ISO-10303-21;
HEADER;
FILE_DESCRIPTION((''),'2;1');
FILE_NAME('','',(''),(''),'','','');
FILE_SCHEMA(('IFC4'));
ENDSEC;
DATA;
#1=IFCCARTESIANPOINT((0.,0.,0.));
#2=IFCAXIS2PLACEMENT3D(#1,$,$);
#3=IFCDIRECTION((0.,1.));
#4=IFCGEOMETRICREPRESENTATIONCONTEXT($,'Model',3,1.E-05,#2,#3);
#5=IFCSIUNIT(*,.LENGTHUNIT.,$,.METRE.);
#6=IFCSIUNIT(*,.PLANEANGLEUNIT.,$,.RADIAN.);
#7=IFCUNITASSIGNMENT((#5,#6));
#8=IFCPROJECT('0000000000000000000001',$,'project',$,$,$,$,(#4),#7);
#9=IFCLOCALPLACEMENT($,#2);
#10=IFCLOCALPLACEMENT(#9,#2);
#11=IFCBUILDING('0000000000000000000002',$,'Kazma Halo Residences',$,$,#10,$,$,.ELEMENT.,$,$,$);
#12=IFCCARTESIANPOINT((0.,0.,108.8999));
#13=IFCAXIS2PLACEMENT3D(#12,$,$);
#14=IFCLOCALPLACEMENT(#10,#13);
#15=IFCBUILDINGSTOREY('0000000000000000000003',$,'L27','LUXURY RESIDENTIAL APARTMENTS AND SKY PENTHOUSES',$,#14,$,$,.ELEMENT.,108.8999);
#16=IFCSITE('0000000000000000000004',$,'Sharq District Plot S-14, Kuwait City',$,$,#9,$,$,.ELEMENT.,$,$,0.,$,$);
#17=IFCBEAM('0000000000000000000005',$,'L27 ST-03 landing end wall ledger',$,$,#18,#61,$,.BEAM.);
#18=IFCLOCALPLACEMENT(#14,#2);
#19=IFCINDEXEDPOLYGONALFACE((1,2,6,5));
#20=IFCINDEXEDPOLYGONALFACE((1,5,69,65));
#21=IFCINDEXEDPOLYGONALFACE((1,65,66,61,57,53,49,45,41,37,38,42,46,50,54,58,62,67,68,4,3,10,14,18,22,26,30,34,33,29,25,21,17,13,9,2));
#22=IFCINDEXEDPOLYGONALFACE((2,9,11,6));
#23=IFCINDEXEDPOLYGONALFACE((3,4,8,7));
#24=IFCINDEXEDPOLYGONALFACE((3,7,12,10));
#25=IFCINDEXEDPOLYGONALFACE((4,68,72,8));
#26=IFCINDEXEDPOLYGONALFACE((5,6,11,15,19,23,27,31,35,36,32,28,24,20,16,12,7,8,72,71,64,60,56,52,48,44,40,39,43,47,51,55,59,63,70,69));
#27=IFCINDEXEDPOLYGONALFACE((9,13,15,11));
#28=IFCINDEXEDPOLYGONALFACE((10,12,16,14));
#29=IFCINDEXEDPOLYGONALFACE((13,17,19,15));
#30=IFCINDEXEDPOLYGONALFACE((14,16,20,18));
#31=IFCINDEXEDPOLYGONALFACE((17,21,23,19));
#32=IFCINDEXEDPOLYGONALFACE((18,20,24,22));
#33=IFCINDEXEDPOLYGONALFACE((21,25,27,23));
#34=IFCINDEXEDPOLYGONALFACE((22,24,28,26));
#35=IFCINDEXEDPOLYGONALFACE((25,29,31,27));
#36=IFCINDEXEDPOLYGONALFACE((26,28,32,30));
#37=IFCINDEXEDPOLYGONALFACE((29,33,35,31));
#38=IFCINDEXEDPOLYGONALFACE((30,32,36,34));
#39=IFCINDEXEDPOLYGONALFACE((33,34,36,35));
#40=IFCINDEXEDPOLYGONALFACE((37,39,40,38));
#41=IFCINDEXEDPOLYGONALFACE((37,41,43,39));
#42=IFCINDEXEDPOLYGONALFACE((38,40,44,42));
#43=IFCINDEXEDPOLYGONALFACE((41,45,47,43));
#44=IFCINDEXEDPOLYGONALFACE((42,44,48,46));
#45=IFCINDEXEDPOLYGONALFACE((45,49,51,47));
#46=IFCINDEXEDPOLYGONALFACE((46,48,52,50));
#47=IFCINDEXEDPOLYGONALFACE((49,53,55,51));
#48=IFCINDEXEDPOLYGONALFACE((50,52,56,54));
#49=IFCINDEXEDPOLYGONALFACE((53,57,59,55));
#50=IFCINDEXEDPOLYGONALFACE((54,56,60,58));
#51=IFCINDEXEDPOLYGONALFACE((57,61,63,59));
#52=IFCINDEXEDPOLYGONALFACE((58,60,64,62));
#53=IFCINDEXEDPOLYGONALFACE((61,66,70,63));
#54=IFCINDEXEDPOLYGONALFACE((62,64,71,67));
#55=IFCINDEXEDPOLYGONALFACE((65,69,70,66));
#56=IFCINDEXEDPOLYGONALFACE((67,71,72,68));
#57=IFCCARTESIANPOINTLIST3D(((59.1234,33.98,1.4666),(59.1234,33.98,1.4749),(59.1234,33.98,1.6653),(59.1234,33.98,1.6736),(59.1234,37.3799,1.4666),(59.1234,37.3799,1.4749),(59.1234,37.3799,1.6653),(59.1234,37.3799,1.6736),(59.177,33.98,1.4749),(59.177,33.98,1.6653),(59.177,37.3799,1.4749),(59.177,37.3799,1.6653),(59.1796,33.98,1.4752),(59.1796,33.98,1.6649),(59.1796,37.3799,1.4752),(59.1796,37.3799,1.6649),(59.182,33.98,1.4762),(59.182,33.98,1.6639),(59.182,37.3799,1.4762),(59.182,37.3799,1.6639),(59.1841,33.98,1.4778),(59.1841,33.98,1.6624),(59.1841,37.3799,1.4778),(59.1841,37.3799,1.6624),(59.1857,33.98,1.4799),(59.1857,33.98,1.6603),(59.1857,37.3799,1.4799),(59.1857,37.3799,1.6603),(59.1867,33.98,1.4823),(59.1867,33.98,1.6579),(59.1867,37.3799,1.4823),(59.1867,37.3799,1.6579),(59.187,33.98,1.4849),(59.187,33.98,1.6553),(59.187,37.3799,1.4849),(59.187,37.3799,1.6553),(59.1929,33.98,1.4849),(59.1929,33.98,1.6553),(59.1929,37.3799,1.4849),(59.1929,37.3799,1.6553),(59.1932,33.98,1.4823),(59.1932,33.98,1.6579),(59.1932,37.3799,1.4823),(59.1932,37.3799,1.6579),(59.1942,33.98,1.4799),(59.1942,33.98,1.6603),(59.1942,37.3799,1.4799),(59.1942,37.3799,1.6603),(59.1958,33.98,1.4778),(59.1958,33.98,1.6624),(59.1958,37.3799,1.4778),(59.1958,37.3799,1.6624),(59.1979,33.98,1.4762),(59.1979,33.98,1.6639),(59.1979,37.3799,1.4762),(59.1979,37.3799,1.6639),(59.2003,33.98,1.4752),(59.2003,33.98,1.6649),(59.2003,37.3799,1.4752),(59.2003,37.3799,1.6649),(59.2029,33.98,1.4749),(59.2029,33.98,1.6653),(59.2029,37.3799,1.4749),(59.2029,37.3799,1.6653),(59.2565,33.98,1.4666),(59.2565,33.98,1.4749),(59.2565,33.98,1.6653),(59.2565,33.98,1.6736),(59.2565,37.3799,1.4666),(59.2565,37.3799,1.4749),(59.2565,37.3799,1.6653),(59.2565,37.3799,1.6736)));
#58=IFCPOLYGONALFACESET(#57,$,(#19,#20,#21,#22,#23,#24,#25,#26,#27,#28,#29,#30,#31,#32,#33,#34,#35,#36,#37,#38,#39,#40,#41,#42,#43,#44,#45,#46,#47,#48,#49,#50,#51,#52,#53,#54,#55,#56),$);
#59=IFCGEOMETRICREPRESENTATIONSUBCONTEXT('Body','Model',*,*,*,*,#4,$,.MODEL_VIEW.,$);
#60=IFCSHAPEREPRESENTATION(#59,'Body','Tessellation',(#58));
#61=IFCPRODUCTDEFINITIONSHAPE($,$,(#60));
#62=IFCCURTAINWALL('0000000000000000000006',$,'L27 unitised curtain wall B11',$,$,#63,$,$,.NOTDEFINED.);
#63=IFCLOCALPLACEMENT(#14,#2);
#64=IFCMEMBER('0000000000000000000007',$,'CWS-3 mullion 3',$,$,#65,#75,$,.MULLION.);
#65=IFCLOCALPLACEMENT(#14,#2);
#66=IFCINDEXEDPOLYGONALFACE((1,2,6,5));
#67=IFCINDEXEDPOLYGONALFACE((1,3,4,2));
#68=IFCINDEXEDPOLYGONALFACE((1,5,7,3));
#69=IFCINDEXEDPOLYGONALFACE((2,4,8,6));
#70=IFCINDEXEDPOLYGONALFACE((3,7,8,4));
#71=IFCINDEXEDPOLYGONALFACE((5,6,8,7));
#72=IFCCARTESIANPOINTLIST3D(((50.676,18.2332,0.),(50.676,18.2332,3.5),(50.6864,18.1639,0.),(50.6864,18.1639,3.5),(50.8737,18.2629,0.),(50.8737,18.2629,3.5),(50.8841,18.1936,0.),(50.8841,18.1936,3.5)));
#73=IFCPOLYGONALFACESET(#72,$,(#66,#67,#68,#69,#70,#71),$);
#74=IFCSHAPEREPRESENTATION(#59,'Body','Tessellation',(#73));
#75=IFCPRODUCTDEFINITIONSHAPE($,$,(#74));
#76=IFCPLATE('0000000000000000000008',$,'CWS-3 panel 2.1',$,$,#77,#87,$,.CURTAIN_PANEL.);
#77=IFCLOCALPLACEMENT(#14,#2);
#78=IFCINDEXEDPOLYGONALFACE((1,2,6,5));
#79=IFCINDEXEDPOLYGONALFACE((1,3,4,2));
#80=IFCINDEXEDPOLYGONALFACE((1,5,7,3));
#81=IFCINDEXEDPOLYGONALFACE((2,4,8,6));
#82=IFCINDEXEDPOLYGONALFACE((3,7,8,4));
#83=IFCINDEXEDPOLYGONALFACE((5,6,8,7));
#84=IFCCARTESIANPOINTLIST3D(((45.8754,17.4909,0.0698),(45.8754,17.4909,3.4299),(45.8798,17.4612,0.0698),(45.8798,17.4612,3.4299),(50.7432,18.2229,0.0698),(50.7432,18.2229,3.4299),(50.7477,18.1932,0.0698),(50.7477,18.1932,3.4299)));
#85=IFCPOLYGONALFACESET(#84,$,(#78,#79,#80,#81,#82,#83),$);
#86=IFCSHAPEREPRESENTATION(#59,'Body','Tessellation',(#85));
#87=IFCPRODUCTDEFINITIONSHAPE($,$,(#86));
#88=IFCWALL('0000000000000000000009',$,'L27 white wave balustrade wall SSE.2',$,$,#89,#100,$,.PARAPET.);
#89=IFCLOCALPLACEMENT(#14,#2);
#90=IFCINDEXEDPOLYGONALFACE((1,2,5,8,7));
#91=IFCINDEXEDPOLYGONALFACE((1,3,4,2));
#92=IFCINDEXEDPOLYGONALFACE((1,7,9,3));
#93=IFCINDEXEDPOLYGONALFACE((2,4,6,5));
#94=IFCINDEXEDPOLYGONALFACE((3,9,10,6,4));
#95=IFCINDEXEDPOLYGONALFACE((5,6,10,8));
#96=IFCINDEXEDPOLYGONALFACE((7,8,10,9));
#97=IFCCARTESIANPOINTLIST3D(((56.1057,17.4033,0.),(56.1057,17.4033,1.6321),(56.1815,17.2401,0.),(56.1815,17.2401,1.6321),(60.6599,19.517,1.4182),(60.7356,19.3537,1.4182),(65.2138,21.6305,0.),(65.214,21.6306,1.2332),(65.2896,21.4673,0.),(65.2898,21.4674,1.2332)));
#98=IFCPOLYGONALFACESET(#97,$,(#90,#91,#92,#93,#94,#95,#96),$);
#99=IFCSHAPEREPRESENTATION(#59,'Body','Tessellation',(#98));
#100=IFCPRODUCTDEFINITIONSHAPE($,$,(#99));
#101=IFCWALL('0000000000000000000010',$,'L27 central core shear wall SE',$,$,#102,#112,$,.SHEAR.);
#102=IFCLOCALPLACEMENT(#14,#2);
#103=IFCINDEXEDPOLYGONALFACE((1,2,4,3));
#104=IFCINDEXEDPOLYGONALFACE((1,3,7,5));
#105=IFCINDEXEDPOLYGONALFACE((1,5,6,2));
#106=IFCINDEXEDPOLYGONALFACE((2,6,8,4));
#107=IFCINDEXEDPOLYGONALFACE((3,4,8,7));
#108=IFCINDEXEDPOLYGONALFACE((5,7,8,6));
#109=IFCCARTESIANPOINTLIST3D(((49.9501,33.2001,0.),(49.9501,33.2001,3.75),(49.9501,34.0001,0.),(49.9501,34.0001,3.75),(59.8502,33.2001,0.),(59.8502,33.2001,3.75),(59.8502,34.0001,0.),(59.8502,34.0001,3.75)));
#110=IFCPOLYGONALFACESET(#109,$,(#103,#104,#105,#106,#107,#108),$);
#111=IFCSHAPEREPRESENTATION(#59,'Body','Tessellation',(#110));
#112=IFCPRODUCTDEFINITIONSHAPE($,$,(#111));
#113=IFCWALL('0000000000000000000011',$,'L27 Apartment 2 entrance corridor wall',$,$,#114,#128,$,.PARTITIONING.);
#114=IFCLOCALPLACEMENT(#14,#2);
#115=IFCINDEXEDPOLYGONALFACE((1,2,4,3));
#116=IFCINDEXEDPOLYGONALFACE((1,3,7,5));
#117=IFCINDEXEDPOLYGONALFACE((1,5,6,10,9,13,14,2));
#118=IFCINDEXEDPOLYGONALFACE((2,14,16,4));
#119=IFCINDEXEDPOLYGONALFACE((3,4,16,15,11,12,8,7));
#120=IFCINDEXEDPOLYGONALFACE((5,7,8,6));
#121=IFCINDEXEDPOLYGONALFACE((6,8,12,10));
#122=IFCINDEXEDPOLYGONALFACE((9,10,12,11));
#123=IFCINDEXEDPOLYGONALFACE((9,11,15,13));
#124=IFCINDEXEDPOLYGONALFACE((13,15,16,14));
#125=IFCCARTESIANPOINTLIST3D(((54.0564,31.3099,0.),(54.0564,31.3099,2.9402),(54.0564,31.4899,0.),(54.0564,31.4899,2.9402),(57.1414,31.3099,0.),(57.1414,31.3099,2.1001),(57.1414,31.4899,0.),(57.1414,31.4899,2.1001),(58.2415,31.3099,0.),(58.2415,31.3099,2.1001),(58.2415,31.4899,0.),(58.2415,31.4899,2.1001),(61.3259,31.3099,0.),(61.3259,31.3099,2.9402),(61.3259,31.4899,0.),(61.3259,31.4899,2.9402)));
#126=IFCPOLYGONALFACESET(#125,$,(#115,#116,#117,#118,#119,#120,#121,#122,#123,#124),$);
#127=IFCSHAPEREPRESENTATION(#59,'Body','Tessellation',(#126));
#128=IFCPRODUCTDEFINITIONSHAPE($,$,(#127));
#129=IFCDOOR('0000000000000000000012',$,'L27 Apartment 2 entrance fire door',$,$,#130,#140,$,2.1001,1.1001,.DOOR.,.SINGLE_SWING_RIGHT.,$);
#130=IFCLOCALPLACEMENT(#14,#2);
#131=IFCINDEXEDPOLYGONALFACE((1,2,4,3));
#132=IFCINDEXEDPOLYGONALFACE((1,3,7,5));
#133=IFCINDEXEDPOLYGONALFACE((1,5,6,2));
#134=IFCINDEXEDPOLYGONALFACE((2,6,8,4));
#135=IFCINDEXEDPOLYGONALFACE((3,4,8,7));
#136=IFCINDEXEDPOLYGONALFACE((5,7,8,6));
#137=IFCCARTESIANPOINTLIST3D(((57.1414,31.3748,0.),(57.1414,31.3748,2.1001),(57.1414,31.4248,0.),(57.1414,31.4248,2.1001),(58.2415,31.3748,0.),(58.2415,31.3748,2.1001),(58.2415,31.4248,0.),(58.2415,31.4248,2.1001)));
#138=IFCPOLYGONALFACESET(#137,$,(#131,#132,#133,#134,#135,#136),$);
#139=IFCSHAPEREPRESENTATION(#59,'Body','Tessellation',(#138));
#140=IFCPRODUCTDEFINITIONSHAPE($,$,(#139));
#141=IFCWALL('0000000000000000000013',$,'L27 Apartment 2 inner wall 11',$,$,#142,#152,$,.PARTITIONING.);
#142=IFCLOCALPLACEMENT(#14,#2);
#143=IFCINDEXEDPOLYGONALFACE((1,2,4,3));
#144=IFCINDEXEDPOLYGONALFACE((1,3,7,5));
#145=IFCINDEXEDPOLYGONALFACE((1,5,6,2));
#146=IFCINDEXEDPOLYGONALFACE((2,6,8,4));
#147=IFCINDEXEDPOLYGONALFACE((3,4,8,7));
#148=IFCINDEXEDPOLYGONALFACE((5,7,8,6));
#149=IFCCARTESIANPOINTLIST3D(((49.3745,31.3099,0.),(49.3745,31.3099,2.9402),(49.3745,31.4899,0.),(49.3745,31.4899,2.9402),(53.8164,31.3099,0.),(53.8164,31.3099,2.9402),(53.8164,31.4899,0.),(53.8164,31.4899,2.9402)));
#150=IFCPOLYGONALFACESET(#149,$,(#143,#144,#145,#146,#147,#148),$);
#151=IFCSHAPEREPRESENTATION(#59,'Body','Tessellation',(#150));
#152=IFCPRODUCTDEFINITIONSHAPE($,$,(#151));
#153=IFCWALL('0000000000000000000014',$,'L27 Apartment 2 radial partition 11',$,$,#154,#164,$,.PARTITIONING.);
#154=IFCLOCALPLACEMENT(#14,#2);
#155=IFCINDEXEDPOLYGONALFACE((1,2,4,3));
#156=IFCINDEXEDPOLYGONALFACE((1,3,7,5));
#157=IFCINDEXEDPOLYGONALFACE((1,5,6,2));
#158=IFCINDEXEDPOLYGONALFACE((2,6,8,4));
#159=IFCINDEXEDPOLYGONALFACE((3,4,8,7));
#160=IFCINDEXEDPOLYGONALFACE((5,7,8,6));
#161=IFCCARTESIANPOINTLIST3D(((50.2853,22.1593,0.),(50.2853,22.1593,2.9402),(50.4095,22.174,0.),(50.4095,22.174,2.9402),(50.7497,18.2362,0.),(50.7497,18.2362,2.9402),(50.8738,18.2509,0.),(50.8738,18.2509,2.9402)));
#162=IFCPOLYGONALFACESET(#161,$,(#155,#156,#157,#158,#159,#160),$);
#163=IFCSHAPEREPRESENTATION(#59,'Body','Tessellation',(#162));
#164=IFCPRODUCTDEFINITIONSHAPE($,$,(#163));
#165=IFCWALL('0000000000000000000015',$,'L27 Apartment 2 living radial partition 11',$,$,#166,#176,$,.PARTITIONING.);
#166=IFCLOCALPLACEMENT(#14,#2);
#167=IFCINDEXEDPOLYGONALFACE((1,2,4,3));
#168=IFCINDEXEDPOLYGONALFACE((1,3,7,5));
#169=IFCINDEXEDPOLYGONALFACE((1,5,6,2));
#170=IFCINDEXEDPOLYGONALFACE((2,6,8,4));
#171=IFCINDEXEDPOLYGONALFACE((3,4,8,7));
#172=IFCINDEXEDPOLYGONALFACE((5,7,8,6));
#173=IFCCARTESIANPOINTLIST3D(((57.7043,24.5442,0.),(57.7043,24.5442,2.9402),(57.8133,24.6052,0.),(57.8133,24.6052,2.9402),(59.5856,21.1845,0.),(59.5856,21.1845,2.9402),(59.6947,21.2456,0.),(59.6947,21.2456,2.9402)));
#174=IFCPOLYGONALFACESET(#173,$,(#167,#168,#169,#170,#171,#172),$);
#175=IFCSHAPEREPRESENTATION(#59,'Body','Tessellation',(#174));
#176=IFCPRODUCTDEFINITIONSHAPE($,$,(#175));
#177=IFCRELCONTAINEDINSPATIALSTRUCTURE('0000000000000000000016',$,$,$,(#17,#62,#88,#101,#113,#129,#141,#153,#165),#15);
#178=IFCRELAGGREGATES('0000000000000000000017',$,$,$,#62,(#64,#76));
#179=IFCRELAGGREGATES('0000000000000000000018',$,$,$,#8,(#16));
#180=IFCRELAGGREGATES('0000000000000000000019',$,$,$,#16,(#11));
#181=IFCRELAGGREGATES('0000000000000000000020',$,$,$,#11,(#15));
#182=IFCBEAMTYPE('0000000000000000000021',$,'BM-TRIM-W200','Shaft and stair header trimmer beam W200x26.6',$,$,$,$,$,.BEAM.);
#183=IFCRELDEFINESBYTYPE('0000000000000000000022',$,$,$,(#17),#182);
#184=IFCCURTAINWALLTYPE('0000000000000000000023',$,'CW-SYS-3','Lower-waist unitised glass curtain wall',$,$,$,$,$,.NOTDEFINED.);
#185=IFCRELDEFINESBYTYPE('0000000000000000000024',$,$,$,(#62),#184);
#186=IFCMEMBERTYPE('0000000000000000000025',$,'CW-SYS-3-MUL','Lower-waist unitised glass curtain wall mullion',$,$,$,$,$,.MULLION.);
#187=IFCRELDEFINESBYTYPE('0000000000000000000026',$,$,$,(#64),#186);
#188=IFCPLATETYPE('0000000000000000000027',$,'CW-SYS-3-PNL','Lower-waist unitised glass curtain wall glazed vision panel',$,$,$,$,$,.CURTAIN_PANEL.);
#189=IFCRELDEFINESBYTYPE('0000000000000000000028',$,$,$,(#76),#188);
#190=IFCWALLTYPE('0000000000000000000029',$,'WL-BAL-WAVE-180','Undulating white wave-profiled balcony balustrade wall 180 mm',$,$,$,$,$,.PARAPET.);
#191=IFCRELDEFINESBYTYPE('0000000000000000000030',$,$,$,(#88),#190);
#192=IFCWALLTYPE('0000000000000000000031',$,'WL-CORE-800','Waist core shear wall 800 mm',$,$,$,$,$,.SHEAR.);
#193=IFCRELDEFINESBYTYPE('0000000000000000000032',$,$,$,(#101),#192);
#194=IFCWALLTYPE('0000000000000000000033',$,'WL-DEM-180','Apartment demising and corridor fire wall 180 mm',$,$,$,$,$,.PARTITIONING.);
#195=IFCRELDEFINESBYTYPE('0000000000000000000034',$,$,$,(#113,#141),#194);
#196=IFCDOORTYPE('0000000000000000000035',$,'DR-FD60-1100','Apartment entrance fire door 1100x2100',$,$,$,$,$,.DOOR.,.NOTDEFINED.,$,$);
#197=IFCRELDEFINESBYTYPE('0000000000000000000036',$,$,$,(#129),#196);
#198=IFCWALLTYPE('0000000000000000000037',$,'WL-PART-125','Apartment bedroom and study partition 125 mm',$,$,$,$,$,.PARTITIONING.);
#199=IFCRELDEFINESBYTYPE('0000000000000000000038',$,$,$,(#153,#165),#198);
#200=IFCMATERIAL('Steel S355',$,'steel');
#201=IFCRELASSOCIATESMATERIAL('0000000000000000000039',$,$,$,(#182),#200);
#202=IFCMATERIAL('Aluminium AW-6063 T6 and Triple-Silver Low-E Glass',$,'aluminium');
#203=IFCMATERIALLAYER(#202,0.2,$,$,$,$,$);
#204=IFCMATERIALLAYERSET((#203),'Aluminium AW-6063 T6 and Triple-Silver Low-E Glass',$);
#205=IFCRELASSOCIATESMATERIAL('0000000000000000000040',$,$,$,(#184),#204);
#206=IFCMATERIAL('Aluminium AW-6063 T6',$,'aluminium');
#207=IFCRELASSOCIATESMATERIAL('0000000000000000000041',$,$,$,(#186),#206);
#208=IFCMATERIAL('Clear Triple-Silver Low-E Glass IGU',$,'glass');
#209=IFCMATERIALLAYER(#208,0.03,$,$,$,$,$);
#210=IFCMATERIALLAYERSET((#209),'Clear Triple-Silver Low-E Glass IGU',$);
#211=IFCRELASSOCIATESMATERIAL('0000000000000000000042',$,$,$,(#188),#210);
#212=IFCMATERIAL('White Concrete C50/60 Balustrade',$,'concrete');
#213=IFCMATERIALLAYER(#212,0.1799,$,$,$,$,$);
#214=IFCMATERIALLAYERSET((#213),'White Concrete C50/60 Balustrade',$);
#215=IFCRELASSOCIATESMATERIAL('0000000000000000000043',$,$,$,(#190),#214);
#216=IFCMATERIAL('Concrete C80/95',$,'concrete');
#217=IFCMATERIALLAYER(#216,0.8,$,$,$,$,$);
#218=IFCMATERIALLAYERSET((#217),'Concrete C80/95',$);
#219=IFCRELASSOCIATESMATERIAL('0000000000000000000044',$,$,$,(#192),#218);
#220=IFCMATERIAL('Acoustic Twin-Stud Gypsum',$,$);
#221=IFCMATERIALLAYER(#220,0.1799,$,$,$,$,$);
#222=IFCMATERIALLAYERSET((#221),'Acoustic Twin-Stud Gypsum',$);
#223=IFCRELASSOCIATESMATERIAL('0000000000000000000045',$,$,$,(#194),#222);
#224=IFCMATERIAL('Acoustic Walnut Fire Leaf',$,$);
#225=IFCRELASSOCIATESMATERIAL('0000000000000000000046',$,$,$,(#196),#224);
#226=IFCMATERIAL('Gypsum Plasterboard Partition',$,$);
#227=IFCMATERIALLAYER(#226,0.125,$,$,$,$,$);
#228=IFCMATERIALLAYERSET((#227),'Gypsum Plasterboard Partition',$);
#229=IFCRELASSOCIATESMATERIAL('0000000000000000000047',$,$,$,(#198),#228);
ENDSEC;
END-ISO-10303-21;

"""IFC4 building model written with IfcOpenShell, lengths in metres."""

from ifc_helpers import new_model, si_unit, direction, frame, frame_2d, origin, origin_2d, place, context, subcontext, project, spatial, polyline, rectangle, i_section, outline, extrude, material, layer, layer_set, material_profile, profile_set, type_object, element, fill, aggregate, save


model = new_model("IFC4")

# Units and contexts
model_context = context("Model", 3, precision=1e-05, world=origin(), true_north=direction((0.0, 1.0)))
body_context = subcontext(model_context, "Body", "Model", "MODEL_VIEW")
ifc_project = project(units=[si_unit("LENGTHUNIT", "METRE"), si_unit("PLANEANGLEUNIT", "RADIAN")], contexts=[model_context])

# Site, building, storey
site_placement = place(None, origin())
site = spatial("IfcSite", under=ifc_project, at=site_placement, Name="Sharq District Plot S-14, Kuwait City", CompositionType="ELEMENT", RefElevation=0.0)
building_placement = place(site_placement, origin())
building = spatial("IfcBuilding", under=site, at=building_placement, Name="Kazma Halo Residences", CompositionType="ELEMENT")
storey_placement = place(building_placement, frame((0.0, 0.0, 108.8999)))
storey = spatial("IfcBuildingStorey", under=building, at=storey_placement, Name="L27", Description="LUXURY RESIDENTIAL APARTMENTS AND SKY PENTHOUSES", CompositionType="ELEMENT", Elevation=108.8999)

# Shared definitions
ifc_material_1 = material(Name="Concrete C80/95", Category="concrete")

# Beam
ifc_material_2 = material(Name="Steel S355", Category="steel")
ifc_material_profile_1 = material_profile(ifc_material_2, i_section(OverallWidth=0.1331, OverallDepth=0.207, WebThickness=0.0059, FlangeThickness=0.0083, FilletRadius=0.01, at=origin_2d()), Name="W200x26.6")
ifc_profile_set_1 = profile_set([ifc_material_profile_1], Name="Steel S355")
beam_type_1 = type_object("IfcBeamType", Name="BM-TRIM-W200", Description="Shaft and stair header trimmer beam W200x26.6", PredefinedType="BEAM", material=ifc_profile_set_1)
beam_1_placement = place(storey_placement, frame((59.1899, 33.98, 1.5701), z_axis=(0.0, 1.0, 0.0), x_axis=(-1.0, 0.0, 0.0)))
element("IfcBeam", 1, at=beam_1_placement, inside=storey, type_object=beam_type_1, Name="L27 ST-03 landing end wall ledger", PredefinedType="BEAM", context=body_context, shape_type="SweptSolid", body=[
    extrude(i_section(OverallWidth=0.1331, OverallDepth=0.207, WebThickness=0.0059, FlangeThickness=0.0083, FilletRadius=0.01, at=origin_2d()), origin(), (0.0, 0.0, 1.0), 3.3999),
])

# Curtain wall, member, plate
ifc_material_3 = material(Name="Aluminium AW-6063 T6 and Triple-Silver Low-E Glass", Category="aluminium")
ifc_layer_1 = layer(ifc_material_3, 0.2)
ifc_layer_set_1 = layer_set([ifc_layer_1], Name="Aluminium AW-6063 T6 and Triple-Silver Low-E Glass")
curtain_wall_type = type_object("IfcCurtainWallType", Name="CW-SYS-3", Description="Lower-waist unitised glass curtain wall", PredefinedType="NOTDEFINED", material=ifc_layer_set_1)
curtain_wall_placement = place(storey_placement, origin())
curtain_wall = element("IfcCurtainWall", 2, at=curtain_wall_placement, inside=storey, type_object=curtain_wall_type, Name="L27 unitised curtain wall B11", PredefinedType="NOTDEFINED")
ifc_material_4 = material(Name="Aluminium AW-6063 T6", Category="aluminium")
ifc_material_profile_2 = material_profile(ifc_material_4, rectangle(XDim=0.0701, YDim=0.2, at=origin_2d()), Name="CWM-70x200")
ifc_profile_set_2 = profile_set([ifc_material_profile_2], Name="Aluminium AW-6063 T6")
member_type = type_object("IfcMemberType", Name="CW-SYS-3-MUL", Description="Lower-waist unitised glass curtain wall mullion", PredefinedType="MULLION", material=ifc_profile_set_2)
member_placement = place(storey_placement, frame((50.78, 18.2134, 0.0), z_axis=(0.0, 0.0, 1.0), x_axis=(-0.148717, 0.98888, 0.0)))
member = element("IfcMember", 3, at=member_placement, type_object=member_type, Name="CWS-3 mullion 3", PredefinedType="MULLION", context=body_context, shape_type="SweptSolid", body=[
    extrude(rectangle(XDim=0.0701, YDim=0.2, at=origin_2d()), origin(), (0.0, 0.0, 1.0), 3.5),
])
ifc_material_5 = material(Name="Clear Triple-Silver Low-E Glass IGU", Category="glass")
ifc_layer_2 = layer(ifc_material_5, 0.03)
ifc_layer_set_2 = layer_set([ifc_layer_2], Name="Clear Triple-Silver Low-E Glass IGU")
plate_type = type_object("IfcPlateType", Name="CW-SYS-3-PNL", Description="Lower-waist unitised glass curtain wall glazed vision panel", PredefinedType="CURTAIN_PANEL", material=ifc_layer_set_2)
plate_placement = place(storey_placement, frame((48.3115, 17.842, 0.0698), z_axis=(0.0, 0.0, 1.0), x_axis=(0.98888, 0.148717, 0.0)))
plate = element("IfcPlate", 4, at=plate_placement, type_object=plate_type, Name="CWS-3 panel 2.1", PredefinedType="CURTAIN_PANEL", context=body_context, shape_type="SweptSolid", body=[
    extrude(rectangle(XDim=4.9226, YDim=0.03, at=origin_2d()), origin(), (0.0, 0.0, 1.0), 3.3601),
])
aggregate(curtain_wall, [member, plate])

# Walls
ifc_material_6 = material(Name="White Concrete C50/60 Balustrade", Category="concrete")
ifc_layer_3 = layer(ifc_material_6, 0.1799)
ifc_layer_set_3 = layer_set([ifc_layer_3], Name="White Concrete C50/60 Balustrade")
wall_type_1 = type_object("IfcWallType", Name="WL-BAL-WAVE-180", Description="Undulating white wave-profiled balcony balustrade wall 180 mm", PredefinedType="PARAPET", material=ifc_layer_set_3)
wall_1_placement = place(storey_placement, frame((56.1436, 17.3218, 0.0), z_axis=(0.0, 0.0, 1.0), x_axis=(0.907066, 0.420989, 0.0)))
element("IfcWall", 5, at=wall_1_placement, inside=storey, type_object=wall_type_1, Name="L27 white wave balustrade wall SSE.2", PredefinedType="PARAPET", context=body_context, shape_type="SweptSolid", body=[
    extrude(outline(polyline([(0.0, 0.0), (10.0413, 0.0), (10.0415, 1.2332), (5.0208, 1.4182), (0.0, 1.6321), (0.0, 0.0)])), frame((0.0, 0.0898, 0.0), z_axis=(0.0, -1.0, 0.0), x_axis=(1.0, 0.0, 0.0)), (0.0, 0.0, 1.0), 0.1799),
])
ifc_layer_4 = layer(ifc_material_1, 0.8)
ifc_layer_set_4 = layer_set([ifc_layer_4], Name="Concrete C80/95")
wall_type_2 = type_object("IfcWallType", Name="WL-CORE-800", Description="Waist core shear wall 800 mm", PredefinedType="SHEAR", material=ifc_layer_set_4)
wall_2_placement = place(storey_placement, frame((49.95, 33.6001, 0.0), z_axis=(0.0, 0.0, 1.0), x_axis=(1.0, 0.0, 0.0)))
element("IfcWall", 6, at=wall_2_placement, inside=storey, type_object=wall_type_2, Name="L27 central core shear wall SE", PredefinedType="SHEAR", context=body_context, shape_type="SweptSolid", body=[
    extrude(rectangle(XDim=9.9001, YDim=0.8, at=frame_2d((4.9502, 0.0))), origin(), (0.0, 0.0, 1.0), 3.75),
])

# Wall, opening, door
ifc_material_7 = material(Name="Acoustic Twin-Stud Gypsum")
ifc_layer_5 = layer(ifc_material_7, 0.1799)
ifc_layer_set_5 = layer_set([ifc_layer_5], Name="Acoustic Twin-Stud Gypsum")
wall_type_3 = type_object("IfcWallType", Name="WL-DEM-180", Description="Apartment demising and corridor fire wall 180 mm", PredefinedType="PARTITIONING", material=ifc_layer_set_5)
wall_3_placement = place(storey_placement, frame((54.0564, 31.3999, 0.0), z_axis=(0.0, 0.0, 1.0), x_axis=(1.0, 0.0, 0.0)))
wall_3 = element("IfcWall", 7, at=wall_3_placement, inside=storey, type_object=wall_type_3, Name="L27 Apartment 2 entrance corridor wall", PredefinedType="PARTITIONING", context=body_context, shape_type="SweptSolid", body=[
    extrude(rectangle(XDim=7.2695, YDim=0.1799, at=frame_2d((3.6348, 0.0))), origin(), (0.0, 0.0, 1.0), 2.9402),
])
opening_1_placement = place(wall_3_placement, frame((3.085, 0.0, 0.0)))
opening_1 = element("IfcOpeningElement", 8, at=opening_1_placement, cuts=wall_3, PredefinedType="OPENING", context=body_context, shape_type="SweptSolid", body=[
    extrude(rectangle(XDim=1.1001, YDim=2.1001, at=frame_2d((0.55, 1.05))), frame((0.0, 0.0999, 0.0), z_axis=(0.0, -1.0, 0.0), x_axis=(1.0, 0.0, 0.0)), (0.0, 0.0, 1.0), 0.2),
])
ifc_material_8 = material(Name="Acoustic Walnut Fire Leaf")
door_type_1 = type_object("IfcDoorType", Name="DR-FD60-1100", Description="Apartment entrance fire door 1100x2100", OperationType="NOTDEFINED", PredefinedType="DOOR", material=ifc_material_8)
door_1_placement = place(opening_1_placement, origin())
door_1 = element("IfcDoor", 9, at=door_1_placement, inside=storey, type_object=door_type_1, Name="L27 Apartment 2 entrance fire door", OperationType="SINGLE_SWING_RIGHT", OverallHeight=2.1001, OverallWidth=1.1001, PredefinedType="DOOR", context=body_context, shape_type="SweptSolid", body=[
    extrude(rectangle(XDim=1.1001, YDim=2.1001, at=frame_2d((0.55, 1.05))), frame((0.0, 0.0249, 0.0), z_axis=(0.0, -1.0, 0.0), x_axis=(1.0, 0.0, 0.0)), (0.0, 0.0, 1.0), 0.05),
])
fill(opening_1, door_1)

# Wall
wall_4_placement = place(storey_placement, frame((49.3745, 31.3999, 0.0), z_axis=(0.0, 0.0, 1.0), x_axis=(1.0, 0.0, 0.0)))
element("IfcWall", 10, at=wall_4_placement, inside=storey, type_object=wall_type_3, Name="L27 Apartment 2 inner wall 11", PredefinedType="PARTITIONING", context=body_context, shape_type="SweptSolid", body=[
    extrude(rectangle(XDim=4.4419, YDim=0.1799, at=frame_2d((2.2209, 0.0))), origin(), (0.0, 0.0, 1.0), 2.9402),
])

# Walls
ifc_material_9 = material(Name="Gypsum Plasterboard Partition")
ifc_layer_6 = layer(ifc_material_9, 0.125)
ifc_layer_set_6 = layer_set([ifc_layer_6], Name="Gypsum Plasterboard Partition")
wall_type_4 = type_object("IfcWallType", Name="WL-PART-125", Description="Apartment bedroom and study partition 125 mm", PredefinedType="PARTITIONING", material=ifc_layer_set_6)
wall_5_placement = place(storey_placement, frame((50.3474, 22.1665, 0.0), z_axis=(0.0, 0.0, 1.0), x_axis=(0.117544, -0.993068, 0.0)))
element("IfcWall", 11, at=wall_5_placement, inside=storey, type_object=wall_type_4, Name="L27 Apartment 2 radial partition 11", PredefinedType="PARTITIONING", context=body_context, shape_type="SweptSolid", body=[
    extrude(rectangle(XDim=3.9504, YDim=0.125, at=frame_2d((1.9751, 0.0))), origin(), (0.0, 0.0, 1.0), 2.9402),
])
wall_6_placement = place(storey_placement, frame((57.7588, 24.5747, 0.0), z_axis=(0.0, 0.0, 1.0), x_axis=(0.488596, -0.87251, 0.0)))
element("IfcWall", 12, at=wall_6_placement, inside=storey, type_object=wall_type_4, Name="L27 Apartment 2 living radial partition 11", PredefinedType="PARTITIONING", context=body_context, shape_type="SweptSolid", body=[
    extrude(rectangle(XDim=3.8506, YDim=0.125, at=frame_2d((1.9253, 0.0))), origin(), (0.0, 0.0, 1.0), 2.9402),
])

save(model, "model.ifc")
